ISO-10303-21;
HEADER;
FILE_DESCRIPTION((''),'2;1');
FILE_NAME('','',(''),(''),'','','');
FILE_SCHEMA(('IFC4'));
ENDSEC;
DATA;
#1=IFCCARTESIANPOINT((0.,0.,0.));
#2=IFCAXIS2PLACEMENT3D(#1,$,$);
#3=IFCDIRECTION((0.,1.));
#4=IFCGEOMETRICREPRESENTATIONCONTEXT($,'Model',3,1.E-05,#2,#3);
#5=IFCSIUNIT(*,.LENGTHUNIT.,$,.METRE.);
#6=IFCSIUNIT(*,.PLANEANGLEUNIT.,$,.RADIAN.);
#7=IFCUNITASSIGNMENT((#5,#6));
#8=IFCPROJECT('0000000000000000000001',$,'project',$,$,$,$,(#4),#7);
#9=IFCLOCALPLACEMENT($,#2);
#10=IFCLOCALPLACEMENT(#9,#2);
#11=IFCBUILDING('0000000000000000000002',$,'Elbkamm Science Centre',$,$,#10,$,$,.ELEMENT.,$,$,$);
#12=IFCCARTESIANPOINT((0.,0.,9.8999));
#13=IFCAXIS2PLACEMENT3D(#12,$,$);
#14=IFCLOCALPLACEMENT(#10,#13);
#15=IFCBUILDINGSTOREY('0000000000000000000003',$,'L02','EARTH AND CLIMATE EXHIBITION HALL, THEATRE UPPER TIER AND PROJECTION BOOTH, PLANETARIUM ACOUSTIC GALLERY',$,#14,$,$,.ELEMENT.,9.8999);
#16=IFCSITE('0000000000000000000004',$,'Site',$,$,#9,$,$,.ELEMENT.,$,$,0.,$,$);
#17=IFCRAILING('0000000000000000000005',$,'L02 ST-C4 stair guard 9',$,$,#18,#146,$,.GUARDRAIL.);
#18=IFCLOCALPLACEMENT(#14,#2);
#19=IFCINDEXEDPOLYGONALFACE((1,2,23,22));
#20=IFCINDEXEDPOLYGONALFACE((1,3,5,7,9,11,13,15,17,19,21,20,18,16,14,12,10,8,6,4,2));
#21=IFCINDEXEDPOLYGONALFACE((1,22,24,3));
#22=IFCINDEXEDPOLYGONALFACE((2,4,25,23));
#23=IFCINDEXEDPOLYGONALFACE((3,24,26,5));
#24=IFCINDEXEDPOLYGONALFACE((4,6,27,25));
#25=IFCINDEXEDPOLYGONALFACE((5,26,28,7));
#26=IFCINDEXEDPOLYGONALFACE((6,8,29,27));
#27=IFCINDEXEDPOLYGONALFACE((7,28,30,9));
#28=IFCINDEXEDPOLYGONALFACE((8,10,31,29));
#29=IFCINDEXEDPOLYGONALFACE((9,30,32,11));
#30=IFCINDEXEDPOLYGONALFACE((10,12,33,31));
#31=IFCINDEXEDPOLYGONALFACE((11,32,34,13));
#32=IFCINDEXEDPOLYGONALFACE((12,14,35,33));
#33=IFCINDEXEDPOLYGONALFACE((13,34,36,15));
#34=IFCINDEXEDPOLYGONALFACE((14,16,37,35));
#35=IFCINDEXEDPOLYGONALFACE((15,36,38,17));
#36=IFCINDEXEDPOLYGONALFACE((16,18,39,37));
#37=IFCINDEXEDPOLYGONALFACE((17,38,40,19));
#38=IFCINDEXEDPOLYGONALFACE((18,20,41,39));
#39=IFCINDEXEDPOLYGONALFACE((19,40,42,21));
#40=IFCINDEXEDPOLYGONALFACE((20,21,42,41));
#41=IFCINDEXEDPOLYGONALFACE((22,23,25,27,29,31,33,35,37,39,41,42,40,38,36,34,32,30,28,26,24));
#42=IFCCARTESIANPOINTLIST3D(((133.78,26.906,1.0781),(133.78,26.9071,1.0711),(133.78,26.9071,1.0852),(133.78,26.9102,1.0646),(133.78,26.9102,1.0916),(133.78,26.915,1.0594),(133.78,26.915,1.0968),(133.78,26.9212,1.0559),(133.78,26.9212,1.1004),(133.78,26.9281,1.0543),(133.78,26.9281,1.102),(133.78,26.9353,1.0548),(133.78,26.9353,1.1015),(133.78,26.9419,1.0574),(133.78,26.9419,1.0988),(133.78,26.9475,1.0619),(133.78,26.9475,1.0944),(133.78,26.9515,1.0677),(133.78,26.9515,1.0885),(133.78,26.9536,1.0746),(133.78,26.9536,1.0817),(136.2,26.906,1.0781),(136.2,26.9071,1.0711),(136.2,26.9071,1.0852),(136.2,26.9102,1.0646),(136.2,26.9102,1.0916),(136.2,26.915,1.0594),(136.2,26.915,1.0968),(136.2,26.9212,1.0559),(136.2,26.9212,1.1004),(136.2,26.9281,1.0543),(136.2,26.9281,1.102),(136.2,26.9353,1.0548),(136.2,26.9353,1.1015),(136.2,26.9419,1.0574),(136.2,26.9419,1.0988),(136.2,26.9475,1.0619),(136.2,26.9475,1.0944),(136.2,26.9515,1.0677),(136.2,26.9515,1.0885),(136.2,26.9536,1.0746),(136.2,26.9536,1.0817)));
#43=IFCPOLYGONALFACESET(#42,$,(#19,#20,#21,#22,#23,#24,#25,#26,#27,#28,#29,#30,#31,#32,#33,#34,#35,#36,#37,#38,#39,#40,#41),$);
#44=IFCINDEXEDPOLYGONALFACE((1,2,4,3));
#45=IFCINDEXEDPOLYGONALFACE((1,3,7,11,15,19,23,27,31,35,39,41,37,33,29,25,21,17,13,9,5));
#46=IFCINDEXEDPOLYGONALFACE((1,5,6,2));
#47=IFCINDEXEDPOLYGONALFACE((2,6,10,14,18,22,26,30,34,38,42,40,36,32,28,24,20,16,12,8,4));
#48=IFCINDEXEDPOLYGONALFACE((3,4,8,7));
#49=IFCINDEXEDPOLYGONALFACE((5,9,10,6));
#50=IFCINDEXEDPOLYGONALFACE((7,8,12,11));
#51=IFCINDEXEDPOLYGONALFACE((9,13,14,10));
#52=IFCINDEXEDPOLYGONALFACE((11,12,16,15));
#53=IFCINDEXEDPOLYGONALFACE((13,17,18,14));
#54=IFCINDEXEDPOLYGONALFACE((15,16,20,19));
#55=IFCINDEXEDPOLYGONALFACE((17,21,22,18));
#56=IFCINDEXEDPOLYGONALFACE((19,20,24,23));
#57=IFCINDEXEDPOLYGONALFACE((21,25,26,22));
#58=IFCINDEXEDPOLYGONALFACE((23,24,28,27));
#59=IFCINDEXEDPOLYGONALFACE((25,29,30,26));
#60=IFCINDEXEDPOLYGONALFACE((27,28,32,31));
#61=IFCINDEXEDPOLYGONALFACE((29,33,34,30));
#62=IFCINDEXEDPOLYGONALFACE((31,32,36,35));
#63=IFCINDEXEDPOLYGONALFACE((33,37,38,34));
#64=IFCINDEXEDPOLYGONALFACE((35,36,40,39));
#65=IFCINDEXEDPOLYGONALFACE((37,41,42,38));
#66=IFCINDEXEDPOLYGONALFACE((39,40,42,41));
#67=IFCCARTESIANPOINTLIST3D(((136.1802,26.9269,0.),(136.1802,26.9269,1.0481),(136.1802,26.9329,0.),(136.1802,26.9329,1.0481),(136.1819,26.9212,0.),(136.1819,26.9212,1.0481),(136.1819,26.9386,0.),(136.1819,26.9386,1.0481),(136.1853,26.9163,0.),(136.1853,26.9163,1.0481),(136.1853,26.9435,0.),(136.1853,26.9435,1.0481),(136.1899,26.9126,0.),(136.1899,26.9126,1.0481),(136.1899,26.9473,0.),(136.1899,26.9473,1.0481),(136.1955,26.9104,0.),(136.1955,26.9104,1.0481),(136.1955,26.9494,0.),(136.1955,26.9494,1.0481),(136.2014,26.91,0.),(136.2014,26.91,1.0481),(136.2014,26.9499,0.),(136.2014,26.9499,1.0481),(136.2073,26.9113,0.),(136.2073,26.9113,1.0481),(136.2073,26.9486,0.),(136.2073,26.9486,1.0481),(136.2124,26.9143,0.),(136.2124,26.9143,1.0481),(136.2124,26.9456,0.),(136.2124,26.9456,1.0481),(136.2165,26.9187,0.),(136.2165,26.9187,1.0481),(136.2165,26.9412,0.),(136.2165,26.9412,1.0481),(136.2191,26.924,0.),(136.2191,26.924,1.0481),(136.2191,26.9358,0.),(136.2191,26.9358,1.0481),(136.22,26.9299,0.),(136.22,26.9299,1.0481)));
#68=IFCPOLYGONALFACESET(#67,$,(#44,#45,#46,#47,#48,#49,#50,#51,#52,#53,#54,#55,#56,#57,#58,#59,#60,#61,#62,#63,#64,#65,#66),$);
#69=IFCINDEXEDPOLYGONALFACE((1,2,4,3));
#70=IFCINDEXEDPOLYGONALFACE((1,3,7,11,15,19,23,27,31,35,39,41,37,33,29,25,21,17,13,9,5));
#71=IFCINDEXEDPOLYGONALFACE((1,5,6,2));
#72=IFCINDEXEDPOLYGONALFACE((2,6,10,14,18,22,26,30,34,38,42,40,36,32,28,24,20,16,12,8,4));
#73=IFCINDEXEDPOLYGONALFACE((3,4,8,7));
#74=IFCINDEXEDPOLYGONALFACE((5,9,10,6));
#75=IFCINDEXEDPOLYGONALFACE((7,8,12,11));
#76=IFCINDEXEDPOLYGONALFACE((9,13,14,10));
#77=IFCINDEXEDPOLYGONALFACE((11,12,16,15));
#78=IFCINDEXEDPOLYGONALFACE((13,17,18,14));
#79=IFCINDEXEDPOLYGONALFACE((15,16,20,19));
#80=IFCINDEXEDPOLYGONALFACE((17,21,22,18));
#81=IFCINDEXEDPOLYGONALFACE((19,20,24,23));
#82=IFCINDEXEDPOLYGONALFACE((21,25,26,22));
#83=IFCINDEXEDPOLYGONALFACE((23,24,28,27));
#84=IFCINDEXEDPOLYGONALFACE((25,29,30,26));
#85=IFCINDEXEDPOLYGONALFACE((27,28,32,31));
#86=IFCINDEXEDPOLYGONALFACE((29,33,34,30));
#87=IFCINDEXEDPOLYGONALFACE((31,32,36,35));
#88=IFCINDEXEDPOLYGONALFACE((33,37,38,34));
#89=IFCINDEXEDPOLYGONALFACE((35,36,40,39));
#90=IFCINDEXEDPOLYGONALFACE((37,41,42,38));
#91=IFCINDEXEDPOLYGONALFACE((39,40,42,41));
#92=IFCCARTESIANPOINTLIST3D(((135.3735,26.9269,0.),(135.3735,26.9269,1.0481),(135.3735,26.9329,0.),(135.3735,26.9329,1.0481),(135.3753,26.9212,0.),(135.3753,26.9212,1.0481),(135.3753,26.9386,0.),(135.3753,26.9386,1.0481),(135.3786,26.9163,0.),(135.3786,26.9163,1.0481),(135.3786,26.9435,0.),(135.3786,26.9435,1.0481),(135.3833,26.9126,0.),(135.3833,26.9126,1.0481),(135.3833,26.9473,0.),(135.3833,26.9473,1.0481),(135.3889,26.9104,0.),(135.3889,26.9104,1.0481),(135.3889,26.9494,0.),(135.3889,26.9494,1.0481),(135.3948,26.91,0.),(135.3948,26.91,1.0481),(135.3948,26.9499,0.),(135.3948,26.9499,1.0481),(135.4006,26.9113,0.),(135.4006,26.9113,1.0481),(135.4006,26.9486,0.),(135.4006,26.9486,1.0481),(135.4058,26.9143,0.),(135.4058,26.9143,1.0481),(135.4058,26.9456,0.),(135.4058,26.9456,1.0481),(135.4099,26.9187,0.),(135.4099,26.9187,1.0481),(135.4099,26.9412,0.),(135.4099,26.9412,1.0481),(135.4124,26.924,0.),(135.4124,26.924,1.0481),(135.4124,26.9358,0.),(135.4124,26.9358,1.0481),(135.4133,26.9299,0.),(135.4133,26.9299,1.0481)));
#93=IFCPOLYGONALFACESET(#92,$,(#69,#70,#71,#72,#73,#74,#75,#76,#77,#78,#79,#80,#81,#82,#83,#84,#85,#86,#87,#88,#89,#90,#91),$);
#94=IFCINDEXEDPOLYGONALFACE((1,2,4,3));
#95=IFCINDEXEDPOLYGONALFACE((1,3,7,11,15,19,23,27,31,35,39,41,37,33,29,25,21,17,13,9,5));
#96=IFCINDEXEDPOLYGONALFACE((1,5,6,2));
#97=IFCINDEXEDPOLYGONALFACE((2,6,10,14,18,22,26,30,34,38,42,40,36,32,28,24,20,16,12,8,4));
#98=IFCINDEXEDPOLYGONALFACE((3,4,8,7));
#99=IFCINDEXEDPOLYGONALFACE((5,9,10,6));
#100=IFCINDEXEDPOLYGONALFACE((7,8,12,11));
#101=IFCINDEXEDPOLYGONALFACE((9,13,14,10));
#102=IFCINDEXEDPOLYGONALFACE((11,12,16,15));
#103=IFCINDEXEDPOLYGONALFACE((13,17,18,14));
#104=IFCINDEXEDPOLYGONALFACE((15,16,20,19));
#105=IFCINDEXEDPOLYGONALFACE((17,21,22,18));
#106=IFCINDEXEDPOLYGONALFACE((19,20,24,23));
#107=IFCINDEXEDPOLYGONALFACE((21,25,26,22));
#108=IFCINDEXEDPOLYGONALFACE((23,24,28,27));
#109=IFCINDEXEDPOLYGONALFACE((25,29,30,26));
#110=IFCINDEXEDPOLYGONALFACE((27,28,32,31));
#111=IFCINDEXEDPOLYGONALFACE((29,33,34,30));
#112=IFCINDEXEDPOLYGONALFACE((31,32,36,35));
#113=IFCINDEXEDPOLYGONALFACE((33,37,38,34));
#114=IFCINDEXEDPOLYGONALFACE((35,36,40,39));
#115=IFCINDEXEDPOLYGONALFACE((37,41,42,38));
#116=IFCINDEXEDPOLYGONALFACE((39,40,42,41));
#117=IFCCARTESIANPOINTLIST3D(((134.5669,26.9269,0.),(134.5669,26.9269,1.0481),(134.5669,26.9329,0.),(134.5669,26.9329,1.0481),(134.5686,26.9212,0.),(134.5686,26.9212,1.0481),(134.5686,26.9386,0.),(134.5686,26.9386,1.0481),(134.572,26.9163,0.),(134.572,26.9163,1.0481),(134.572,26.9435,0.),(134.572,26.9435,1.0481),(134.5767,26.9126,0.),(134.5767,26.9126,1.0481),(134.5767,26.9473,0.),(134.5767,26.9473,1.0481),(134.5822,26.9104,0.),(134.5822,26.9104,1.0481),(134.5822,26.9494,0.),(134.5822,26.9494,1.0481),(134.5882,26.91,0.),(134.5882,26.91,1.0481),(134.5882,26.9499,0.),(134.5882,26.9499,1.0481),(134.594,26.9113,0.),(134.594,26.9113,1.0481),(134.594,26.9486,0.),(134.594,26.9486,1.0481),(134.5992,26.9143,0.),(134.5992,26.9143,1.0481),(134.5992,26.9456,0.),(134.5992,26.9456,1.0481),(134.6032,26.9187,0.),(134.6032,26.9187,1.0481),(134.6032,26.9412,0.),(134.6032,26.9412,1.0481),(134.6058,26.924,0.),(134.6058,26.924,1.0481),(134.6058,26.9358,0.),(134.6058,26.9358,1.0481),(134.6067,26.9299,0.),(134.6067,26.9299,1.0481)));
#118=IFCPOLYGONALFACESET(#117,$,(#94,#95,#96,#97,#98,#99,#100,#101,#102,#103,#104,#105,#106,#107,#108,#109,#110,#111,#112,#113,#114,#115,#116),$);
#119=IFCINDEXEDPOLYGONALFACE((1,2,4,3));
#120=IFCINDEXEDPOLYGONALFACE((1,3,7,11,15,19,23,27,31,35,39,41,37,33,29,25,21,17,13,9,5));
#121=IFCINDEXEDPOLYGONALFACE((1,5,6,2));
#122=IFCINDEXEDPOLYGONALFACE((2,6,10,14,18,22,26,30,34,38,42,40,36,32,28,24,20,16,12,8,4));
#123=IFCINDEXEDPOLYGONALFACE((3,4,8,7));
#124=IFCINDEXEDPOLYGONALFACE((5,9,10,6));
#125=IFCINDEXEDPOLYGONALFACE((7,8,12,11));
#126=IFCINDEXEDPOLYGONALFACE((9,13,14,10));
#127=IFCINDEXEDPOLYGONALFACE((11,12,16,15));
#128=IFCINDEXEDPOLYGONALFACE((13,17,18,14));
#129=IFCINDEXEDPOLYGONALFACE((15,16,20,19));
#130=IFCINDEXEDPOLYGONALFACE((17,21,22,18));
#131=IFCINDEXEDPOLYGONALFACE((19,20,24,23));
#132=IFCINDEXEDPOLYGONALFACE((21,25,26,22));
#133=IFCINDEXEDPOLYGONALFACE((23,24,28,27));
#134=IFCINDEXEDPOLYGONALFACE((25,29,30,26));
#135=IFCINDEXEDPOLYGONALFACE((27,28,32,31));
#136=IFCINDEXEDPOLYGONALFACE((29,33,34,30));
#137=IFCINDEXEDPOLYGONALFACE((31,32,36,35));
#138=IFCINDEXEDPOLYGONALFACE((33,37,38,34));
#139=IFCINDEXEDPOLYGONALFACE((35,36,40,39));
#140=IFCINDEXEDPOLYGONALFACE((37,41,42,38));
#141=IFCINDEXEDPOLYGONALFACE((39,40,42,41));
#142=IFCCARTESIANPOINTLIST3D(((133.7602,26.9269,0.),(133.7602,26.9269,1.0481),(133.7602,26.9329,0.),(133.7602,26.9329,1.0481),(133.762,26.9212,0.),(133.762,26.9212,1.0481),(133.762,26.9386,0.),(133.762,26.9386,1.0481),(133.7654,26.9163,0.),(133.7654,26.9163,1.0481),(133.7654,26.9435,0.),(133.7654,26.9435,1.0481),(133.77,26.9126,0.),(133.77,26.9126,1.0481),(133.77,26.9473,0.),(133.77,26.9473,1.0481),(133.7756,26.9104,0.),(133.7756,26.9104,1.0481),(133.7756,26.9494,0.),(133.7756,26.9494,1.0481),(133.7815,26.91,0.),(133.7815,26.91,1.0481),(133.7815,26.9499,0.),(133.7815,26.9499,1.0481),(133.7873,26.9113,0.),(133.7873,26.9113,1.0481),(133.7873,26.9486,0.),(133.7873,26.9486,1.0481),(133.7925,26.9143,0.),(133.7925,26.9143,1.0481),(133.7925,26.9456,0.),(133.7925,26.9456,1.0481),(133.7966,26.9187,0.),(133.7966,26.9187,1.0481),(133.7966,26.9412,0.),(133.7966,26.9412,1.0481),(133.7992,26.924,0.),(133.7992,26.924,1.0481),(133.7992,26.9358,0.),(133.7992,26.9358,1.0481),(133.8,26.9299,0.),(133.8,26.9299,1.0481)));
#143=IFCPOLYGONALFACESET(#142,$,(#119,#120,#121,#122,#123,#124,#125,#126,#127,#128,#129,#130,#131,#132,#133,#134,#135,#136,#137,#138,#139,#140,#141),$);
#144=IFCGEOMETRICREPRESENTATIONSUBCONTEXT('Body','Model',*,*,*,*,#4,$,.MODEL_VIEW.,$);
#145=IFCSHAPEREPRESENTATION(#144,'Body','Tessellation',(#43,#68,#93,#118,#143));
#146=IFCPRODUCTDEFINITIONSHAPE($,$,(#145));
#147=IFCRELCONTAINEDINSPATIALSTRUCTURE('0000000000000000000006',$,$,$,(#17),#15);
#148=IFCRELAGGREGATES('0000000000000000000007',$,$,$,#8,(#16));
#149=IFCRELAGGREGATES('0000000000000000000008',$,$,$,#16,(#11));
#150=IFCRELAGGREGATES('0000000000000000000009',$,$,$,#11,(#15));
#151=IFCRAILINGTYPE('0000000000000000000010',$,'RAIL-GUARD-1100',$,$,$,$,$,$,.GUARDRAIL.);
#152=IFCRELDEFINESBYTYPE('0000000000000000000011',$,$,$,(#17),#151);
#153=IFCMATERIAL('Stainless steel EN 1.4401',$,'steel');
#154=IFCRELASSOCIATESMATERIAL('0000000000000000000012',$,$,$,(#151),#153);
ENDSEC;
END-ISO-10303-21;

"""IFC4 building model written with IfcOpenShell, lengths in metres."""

from ifc_helpers import new_model, si_unit, direction, frame, origin, origin_2d, place, context, subcontext, project, spatial, circle, extrude, material, type_object, element, save


model = new_model("IFC4")

# Units and contexts
model_context = context("Model", 3, precision=1e-05, world=origin(), true_north=direction((0.0, 1.0)))
body_context = subcontext(model_context, "Body", "Model", "MODEL_VIEW")
ifc_project = project(units=[si_unit("LENGTHUNIT", "METRE"), si_unit("PLANEANGLEUNIT", "RADIAN")], contexts=[model_context])

# Site, building, storey
site_placement = place(None, origin())
site = spatial("IfcSite", under=ifc_project, at=site_placement, Name="Site", CompositionType="ELEMENT", RefElevation=0.0)
building_placement = place(site_placement, origin())
building = spatial("IfcBuilding", under=site, at=building_placement, Name="Elbkamm Science Centre", CompositionType="ELEMENT")
storey_placement = place(building_placement, frame((0.0, 0.0, 9.8999)))
storey = spatial("IfcBuildingStorey", under=building, at=storey_placement, Name="L02", Description="EARTH AND CLIMATE EXHIBITION HALL, THEATRE UPPER TIER AND PROJECTION BOOTH, PLANETARIUM ACOUSTIC GALLERY", CompositionType="ELEMENT", Elevation=9.8999)

# Railing
ifc_material_1 = material(Name="Stainless steel EN 1.4401", Category="steel")
railing_type_1 = type_object("IfcRailingType", Name="RAIL-GUARD-1100", PredefinedType="GUARDRAIL", material=ifc_material_1)
railing_1_placement = place(storey_placement, frame((136.2, 26.9299, 0.0)))
element("IfcRailing", 1, at=railing_1_placement, inside=storey, type_object=railing_type_1, Name="L02 ST-C4 stair guard 9", PredefinedType="GUARDRAIL", context=body_context, shape_type="SweptSolid", body=[
    extrude(circle(Radius=0.0239, at=origin_2d()), frame((0.0, 0.0, 1.0781), z_axis=(-1.0, 0.0, 0.0), x_axis=(0.0, -1.0, 0.0)), (0.0, 0.0, 1.0), 2.4199),
    extrude(circle(Radius=0.02, at=origin_2d()), origin(), (0.0, 0.0, 1.0), 1.0481),
    extrude(circle(Radius=0.02, at=origin_2d()), frame((-0.8066, 0.0, 0.0)), (0.0, 0.0, 1.0), 1.0481),
    extrude(circle(Radius=0.02, at=origin_2d()), frame((-1.6133, 0.0, 0.0)), (0.0, 0.0, 1.0), 1.0481),
    extrude(circle(Radius=0.02, at=origin_2d()), frame((-2.4199, 0.0, 0.0)), (0.0, 0.0, 1.0), 1.0481),
])

save(model, "model.ifc")
